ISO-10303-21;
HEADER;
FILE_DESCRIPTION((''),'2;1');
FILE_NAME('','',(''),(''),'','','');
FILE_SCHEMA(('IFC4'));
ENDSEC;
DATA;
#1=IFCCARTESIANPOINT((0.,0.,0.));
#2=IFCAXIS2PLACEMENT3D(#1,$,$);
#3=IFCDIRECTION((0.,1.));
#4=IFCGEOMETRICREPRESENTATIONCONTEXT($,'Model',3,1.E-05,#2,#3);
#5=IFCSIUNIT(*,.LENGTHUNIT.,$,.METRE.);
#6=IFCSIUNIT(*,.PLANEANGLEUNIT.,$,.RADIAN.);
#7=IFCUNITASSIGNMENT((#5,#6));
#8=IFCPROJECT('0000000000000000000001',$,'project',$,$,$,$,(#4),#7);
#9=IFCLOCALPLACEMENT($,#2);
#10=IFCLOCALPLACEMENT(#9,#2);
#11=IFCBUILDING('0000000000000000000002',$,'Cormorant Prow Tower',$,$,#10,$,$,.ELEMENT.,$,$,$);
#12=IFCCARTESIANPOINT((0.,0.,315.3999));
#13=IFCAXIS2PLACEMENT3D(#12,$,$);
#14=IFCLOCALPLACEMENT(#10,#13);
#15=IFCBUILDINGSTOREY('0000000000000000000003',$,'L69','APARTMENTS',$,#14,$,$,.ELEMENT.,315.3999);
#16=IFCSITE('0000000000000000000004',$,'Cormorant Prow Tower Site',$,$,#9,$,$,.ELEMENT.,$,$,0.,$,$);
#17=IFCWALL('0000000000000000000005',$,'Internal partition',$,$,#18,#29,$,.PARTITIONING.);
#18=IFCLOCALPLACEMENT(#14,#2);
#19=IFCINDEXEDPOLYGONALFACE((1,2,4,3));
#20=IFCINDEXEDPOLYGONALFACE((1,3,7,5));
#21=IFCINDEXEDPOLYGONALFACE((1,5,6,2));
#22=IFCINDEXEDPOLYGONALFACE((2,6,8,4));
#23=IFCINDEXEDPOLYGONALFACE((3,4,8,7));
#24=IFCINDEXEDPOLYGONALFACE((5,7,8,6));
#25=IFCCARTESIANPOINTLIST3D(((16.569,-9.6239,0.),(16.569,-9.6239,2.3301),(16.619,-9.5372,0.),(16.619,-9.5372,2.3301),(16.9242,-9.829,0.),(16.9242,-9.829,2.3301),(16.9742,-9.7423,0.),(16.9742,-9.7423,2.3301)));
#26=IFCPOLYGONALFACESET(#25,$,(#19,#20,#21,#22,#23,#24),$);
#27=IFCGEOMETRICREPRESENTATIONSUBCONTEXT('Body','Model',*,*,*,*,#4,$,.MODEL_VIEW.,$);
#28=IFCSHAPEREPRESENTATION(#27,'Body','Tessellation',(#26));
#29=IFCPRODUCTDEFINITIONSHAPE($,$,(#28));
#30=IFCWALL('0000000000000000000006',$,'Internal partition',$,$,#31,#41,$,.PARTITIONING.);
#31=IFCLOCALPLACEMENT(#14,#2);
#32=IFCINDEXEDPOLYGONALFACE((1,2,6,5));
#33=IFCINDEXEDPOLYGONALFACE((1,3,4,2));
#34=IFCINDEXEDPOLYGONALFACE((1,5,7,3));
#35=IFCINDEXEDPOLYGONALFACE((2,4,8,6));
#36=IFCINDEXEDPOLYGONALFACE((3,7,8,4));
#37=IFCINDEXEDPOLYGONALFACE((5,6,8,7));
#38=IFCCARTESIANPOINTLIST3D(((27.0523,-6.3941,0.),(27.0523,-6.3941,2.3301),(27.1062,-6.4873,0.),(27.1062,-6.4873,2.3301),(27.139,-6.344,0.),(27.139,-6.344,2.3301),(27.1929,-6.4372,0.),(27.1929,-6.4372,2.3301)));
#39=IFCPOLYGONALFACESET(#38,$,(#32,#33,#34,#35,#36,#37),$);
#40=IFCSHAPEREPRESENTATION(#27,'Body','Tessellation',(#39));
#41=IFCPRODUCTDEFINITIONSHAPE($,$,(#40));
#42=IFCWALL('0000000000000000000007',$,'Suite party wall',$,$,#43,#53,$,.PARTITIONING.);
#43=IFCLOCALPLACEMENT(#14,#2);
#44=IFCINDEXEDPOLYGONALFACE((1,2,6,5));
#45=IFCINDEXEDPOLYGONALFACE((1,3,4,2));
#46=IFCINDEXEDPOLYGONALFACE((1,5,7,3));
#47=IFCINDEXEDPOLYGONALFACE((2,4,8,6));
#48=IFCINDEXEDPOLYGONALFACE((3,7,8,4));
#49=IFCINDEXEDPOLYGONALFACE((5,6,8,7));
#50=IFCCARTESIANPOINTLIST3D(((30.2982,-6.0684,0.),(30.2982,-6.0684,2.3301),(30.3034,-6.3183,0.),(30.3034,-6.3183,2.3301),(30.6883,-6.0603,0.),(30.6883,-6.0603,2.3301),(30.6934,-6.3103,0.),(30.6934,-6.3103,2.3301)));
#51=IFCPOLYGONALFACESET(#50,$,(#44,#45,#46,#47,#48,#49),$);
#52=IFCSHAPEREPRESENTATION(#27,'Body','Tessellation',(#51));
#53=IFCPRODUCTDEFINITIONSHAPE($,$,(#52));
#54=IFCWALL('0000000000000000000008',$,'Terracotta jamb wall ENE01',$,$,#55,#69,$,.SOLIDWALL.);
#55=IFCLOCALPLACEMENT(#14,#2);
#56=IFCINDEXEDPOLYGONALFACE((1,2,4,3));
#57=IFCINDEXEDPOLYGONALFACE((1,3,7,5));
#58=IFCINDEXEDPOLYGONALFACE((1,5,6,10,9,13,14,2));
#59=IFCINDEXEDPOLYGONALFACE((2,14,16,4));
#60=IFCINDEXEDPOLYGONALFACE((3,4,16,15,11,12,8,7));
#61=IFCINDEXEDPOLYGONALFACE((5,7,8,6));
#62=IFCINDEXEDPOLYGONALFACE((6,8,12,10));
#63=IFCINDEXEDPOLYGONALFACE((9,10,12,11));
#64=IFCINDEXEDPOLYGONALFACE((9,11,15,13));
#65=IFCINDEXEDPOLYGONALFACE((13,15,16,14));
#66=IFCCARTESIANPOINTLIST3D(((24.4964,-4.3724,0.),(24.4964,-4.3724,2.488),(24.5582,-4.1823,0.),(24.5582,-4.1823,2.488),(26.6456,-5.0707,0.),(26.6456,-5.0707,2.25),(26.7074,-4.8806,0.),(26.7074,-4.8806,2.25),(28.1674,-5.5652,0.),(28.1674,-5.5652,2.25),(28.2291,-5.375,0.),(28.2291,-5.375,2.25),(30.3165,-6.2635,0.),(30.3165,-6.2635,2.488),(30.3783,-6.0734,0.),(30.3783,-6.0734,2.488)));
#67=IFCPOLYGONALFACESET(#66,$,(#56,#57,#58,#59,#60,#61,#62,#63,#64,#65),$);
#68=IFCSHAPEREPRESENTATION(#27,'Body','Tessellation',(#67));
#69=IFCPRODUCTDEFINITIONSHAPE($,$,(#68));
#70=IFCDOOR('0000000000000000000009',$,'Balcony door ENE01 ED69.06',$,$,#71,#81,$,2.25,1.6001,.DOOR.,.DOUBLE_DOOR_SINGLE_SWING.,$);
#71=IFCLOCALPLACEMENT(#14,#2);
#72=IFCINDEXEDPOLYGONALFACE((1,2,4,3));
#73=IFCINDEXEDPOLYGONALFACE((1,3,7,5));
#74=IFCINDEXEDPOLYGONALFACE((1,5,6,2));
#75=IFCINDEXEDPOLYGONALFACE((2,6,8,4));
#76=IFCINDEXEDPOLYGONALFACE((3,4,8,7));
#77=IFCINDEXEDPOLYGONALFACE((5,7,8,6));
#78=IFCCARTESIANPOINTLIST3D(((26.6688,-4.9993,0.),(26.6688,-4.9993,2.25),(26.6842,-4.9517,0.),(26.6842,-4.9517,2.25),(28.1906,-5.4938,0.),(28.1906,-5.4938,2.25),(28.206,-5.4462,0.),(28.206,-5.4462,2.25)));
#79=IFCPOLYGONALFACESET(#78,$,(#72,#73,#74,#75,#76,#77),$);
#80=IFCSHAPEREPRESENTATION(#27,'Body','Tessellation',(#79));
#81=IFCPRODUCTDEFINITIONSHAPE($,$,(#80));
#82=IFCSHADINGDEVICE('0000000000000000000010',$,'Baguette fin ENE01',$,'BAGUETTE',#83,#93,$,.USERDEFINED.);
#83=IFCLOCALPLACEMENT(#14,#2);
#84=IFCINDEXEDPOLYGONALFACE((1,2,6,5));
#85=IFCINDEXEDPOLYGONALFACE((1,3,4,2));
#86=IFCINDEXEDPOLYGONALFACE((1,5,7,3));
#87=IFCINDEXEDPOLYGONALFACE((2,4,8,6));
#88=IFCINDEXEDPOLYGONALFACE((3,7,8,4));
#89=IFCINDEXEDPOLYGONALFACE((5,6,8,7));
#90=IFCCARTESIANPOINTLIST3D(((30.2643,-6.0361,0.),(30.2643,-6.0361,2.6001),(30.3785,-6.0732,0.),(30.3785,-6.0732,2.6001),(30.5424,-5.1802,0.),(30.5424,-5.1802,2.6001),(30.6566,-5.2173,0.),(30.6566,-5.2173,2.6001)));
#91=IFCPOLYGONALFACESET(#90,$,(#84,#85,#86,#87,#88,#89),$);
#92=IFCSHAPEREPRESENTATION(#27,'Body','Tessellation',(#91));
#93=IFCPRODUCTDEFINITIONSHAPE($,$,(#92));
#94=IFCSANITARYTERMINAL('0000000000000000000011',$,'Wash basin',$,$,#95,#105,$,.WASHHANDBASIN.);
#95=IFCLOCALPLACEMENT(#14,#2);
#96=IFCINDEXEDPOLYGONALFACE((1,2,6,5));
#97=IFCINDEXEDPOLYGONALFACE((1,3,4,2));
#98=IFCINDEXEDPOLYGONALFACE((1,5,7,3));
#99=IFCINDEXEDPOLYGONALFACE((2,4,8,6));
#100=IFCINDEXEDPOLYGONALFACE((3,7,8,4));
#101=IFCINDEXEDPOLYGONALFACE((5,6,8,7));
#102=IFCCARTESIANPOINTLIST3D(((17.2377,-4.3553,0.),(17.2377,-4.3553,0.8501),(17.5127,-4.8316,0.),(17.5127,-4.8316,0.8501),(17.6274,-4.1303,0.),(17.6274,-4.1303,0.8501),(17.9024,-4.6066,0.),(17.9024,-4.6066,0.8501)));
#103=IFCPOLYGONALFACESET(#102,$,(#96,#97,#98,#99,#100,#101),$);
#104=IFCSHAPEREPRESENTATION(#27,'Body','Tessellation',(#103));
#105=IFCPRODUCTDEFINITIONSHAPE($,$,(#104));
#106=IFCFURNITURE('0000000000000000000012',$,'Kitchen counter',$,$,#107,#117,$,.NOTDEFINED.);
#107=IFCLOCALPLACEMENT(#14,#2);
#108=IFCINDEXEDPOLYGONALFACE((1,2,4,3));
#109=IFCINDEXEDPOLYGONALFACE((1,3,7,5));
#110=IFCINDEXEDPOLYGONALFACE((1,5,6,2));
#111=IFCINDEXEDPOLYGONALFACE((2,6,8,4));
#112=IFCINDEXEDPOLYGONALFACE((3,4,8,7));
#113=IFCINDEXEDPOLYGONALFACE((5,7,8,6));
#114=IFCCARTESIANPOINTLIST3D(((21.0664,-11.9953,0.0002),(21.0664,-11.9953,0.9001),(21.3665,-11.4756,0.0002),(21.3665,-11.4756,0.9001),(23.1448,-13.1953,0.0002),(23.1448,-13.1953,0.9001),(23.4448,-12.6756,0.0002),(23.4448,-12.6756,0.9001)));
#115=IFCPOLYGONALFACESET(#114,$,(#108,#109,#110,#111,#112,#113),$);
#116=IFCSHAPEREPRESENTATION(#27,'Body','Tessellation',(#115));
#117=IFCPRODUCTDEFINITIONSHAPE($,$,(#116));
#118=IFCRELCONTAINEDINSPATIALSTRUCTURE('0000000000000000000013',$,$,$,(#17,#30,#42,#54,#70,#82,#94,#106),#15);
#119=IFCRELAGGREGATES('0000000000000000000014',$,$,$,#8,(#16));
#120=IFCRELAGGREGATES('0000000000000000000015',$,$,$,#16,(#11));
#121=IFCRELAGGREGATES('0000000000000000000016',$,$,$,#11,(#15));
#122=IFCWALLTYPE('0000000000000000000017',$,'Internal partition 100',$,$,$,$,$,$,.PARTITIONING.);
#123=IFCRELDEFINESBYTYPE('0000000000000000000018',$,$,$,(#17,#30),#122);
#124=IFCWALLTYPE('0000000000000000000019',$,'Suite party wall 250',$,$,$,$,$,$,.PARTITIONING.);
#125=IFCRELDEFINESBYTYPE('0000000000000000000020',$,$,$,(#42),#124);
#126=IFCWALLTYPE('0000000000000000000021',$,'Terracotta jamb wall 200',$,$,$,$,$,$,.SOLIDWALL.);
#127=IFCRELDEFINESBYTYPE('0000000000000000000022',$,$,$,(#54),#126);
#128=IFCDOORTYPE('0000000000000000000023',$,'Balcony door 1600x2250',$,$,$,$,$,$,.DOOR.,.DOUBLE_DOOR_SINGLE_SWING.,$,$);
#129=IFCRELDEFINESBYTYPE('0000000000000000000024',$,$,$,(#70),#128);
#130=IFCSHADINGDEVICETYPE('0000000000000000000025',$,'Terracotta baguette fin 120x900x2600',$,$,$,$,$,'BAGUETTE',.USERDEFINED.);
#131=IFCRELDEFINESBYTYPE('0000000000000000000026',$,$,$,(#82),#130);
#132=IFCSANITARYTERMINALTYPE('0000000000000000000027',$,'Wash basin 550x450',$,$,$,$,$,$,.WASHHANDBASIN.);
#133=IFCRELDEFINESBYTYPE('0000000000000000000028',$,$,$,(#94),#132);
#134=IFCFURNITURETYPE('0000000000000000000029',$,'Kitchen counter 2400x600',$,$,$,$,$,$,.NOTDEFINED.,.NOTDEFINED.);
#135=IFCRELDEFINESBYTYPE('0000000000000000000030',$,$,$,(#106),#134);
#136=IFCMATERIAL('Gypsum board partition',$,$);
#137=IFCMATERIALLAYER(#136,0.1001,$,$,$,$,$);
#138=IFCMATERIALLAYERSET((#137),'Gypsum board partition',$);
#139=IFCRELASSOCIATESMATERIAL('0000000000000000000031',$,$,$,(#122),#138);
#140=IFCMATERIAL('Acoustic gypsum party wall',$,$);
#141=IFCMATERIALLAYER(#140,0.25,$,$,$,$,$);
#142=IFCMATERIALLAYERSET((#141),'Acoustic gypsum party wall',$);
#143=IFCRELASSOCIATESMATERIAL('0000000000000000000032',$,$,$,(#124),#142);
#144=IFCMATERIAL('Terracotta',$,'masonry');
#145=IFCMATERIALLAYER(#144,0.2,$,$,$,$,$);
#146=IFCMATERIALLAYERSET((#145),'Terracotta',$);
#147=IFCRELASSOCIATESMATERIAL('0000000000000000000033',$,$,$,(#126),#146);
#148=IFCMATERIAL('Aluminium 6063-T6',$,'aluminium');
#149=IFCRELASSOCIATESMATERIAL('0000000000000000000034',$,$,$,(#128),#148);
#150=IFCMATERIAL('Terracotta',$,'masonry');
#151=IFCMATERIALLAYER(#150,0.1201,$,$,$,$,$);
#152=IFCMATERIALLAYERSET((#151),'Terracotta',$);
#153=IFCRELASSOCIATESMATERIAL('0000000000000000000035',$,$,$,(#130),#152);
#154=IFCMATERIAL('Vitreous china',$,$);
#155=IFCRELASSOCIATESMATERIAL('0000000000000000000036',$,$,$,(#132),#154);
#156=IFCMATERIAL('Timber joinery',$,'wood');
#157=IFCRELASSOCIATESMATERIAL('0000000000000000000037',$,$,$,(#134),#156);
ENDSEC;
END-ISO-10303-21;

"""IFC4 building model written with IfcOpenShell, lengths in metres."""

from ifc_helpers import new_model, si_unit, direction, frame, frame_2d, origin, origin_2d, place, context, subcontext, project, spatial, rectangle, extrude, material, layer, layer_set, type_object, element, fill, save


model = new_model("IFC4")

# Units and contexts
model_context = context("Model", 3, precision=1e-05, world=origin(), true_north=direction((0.0, 1.0)))
body_context = subcontext(model_context, "Body", "Model", "MODEL_VIEW")
ifc_project = project(units=[si_unit("LENGTHUNIT", "METRE"), si_unit("PLANEANGLEUNIT", "RADIAN")], contexts=[model_context])

# Site, building, storey
site_placement = place(None, origin())
site = spatial("IfcSite", under=ifc_project, at=site_placement, Name="Cormorant Prow Tower Site", CompositionType="ELEMENT", RefElevation=0.0)
building_placement = place(site_placement, origin())
building = spatial("IfcBuilding", under=site, at=building_placement, Name="Cormorant Prow Tower", CompositionType="ELEMENT")
storey_placement = place(building_placement, frame((0.0, 0.0, 315.3999)))
storey = spatial("IfcBuildingStorey", under=building, at=storey_placement, Name="L69", Description="APARTMENTS", CompositionType="ELEMENT", Elevation=315.3999)

# Shared definitions
ifc_material_1 = material(Name="Gypsum board partition")
ifc_layer_1 = layer(ifc_material_1, 0.1001)
ifc_layer_set_1 = layer_set([ifc_layer_1], Name="Gypsum board partition")
wall_type_1 = type_object("IfcWallType", Name="Internal partition 100", PredefinedType="PARTITIONING", material=ifc_layer_set_1)

# Walls
wall_1_placement = place(storey_placement, frame((16.594, -9.5806, 0.0), z_axis=(0.0, 0.0, 1.0), x_axis=(0.866037, -0.49998, 0.0)))
element("IfcWall", 1, at=wall_1_placement, inside=storey, type_object=wall_type_1, Name="Internal partition", PredefinedType="PARTITIONING", context=body_context, shape_type="SweptSolid", body=[
    extrude(rectangle(XDim=0.4102, YDim=0.1001, at=frame_2d((0.2051, 0.0))), origin(), (0.0, 0.0, 1.0), 2.3301),
])
wall_2_placement = place(storey_placement, frame((27.0957, -6.3691, 0.0), z_axis=(0.0, 0.0, 1.0), x_axis=(0.500768, -0.865581, 0.0)))
element("IfcWall", 2, at=wall_2_placement, inside=storey, type_object=wall_type_1, Name="Internal partition", PredefinedType="PARTITIONING", context=body_context, shape_type="SweptSolid", body=[
    extrude(rectangle(XDim=0.1077, YDim=0.1001, at=frame_2d((0.0537, 0.0))), origin(), (0.0, 0.0, 1.0), 2.3301),
])
ifc_material_2 = material(Name="Acoustic gypsum party wall")
ifc_layer_2 = layer(ifc_material_2, 0.25)
ifc_layer_set_2 = layer_set([ifc_layer_2], Name="Acoustic gypsum party wall")
wall_type_2 = type_object("IfcWallType", Name="Suite party wall 250", PredefinedType="PARTITIONING", material=ifc_layer_set_2)
wall_3_placement = place(storey_placement, frame((30.3008, -6.1934, 0.0), z_axis=(0.0, 0.0, 1.0), x_axis=(0.999787, 0.020646, 0.0)))
element("IfcWall", 3, at=wall_3_placement, inside=storey, type_object=wall_type_2, Name="Suite party wall", PredefinedType="PARTITIONING", context=body_context, shape_type="SweptSolid", body=[
    extrude(rectangle(XDim=0.3901, YDim=0.25, at=frame_2d((0.1951, 0.0))), origin(), (0.0, 0.0, 1.0), 2.3301),
])

# Wall, opening, door
ifc_material_3 = material(Name="Terracotta", Category="masonry")
ifc_layer_3 = layer(ifc_material_3, 0.2)
ifc_layer_set_3 = layer_set([ifc_layer_3], Name="Terracotta")
wall_type_3 = type_object("IfcWallType", Name="Terracotta jamb wall 200", PredefinedType="SOLIDWALL", material=ifc_layer_set_3)
wall_4_placement = place(storey_placement, frame((30.3474, -6.1685, 0.0), z_axis=(0.0, 0.0, 1.0), x_axis=(-0.951054, 0.309026, 0.0)))
wall_4 = element("IfcWall", 4, at=wall_4_placement, inside=storey, type_object=wall_type_3, Name="Terracotta jamb wall ENE01", PredefinedType="SOLIDWALL", context=body_context, shape_type="SweptSolid", body=[
    extrude(rectangle(XDim=6.1196, YDim=0.2, at=frame_2d((3.0598, 0.0))), origin(), (0.0, 0.0, 1.0), 2.488),
])
opening_1_placement = place(wall_4_placement, frame((2.2598, 0.0, 0.0)))
opening_1 = element("IfcOpeningElement", 5, at=opening_1_placement, cuts=wall_4, PredefinedType="OPENING", context=body_context, shape_type="SweptSolid", body=[
    extrude(rectangle(XDim=1.6001, YDim=2.25, at=frame_2d((0.8, 1.125))), frame((0.0, 0.1099, 0.0), z_axis=(0.0, -1.0, 0.0), x_axis=(1.0, 0.0, 0.0)), (0.0, 0.0, 1.0), 0.22),
])
ifc_material_4 = material(Name="Aluminium 6063-T6", Category="aluminium")
door_type_1 = type_object("IfcDoorType", Name="Balcony door 1600x2250", OperationType="DOUBLE_DOOR_SINGLE_SWING", PredefinedType="DOOR", material=ifc_material_4)
door_1_placement = place(opening_1_placement, origin())
door_1 = element("IfcDoor", 6, at=door_1_placement, inside=storey, type_object=door_type_1, Name="Balcony door ENE01 ED69.06", OperationType="DOUBLE_DOOR_SINGLE_SWING", OverallHeight=2.25, OverallWidth=1.6001, PredefinedType="DOOR", context=body_context, shape_type="SweptSolid", body=[
    extrude(rectangle(XDim=1.6001, YDim=2.25, at=frame_2d((0.8, 1.125))), frame((0.0, 0.0249, 0.0), z_axis=(0.0, -1.0, 0.0), x_axis=(1.0, 0.0, 0.0)), (0.0, 0.0, 1.0), 0.05),
])
fill(opening_1, door_1)

# Shading device
ifc_material_5 = material(Name="Terracotta", Category="masonry")
ifc_layer_4 = layer(ifc_material_5, 0.1201)
ifc_layer_set_4 = layer_set([ifc_layer_4], Name="Terracotta")
shading_device_type = type_object("IfcShadingDeviceType", Name="Terracotta baguette fin 120x900x2600", ElementType="BAGUETTE", PredefinedType="USERDEFINED", material=ifc_layer_set_4)
shading_device_placement = place(storey_placement, frame((30.4604, -5.6267, 0.0), z_axis=(0.0, 0.0, 1.0), x_axis=(-0.951057, 0.309017, 0.0)))
element("IfcShadingDevice", 7, at=shading_device_placement, inside=storey, type_object=shading_device_type, Name="Baguette fin ENE01", ObjectType="BAGUETTE", PredefinedType="USERDEFINED", context=body_context, shape_type="SweptSolid", body=[
    extrude(rectangle(XDim=0.1201, YDim=0.8999, at=origin_2d()), origin(), (0.0, 0.0, 1.0), 2.6001),
])

# Sanitary terminal
ifc_material_6 = material(Name="Vitreous china")
sanitary_terminal_type = type_object("IfcSanitaryTerminalType", Name="Wash basin 550x450", PredefinedType="WASHHANDBASIN", material=ifc_material_6)
sanitary_terminal_placement = place(storey_placement, frame((17.5701, -4.481, 0.0), z_axis=(0.0, 0.0, 1.0), x_axis=(-0.5, 0.866025, 0.0)))
element("IfcSanitaryTerminal", 8, at=sanitary_terminal_placement, inside=storey, type_object=sanitary_terminal_type, Name="Wash basin", PredefinedType="WASHHANDBASIN", context=body_context, shape_type="SweptSolid", body=[
    extrude(rectangle(XDim=0.55, YDim=0.45, at=origin_2d()), origin(), (0.0, 0.0, 1.0), 0.8501),
])

# Furniture
ifc_material_7 = material(Name="Timber joinery", Category="wood")
furniture_type = type_object("IfcFurnitureType", Name="Kitchen counter 2400x600", AssemblyPlace="NOTDEFINED", PredefinedType="NOTDEFINED", material=ifc_material_7)
furniture_placement = place(storey_placement, frame((22.2556, -12.3354, 0.0002), z_axis=(0.0, 0.0, 1.0), x_axis=(-0.866025, 0.5, 0.0)))
element("IfcFurniture", 9, at=furniture_placement, inside=storey, type_object=furniture_type, Name="Kitchen counter", PredefinedType="NOTDEFINED", context=body_context, shape_type="SweptSolid", body=[
    extrude(rectangle(XDim=2.3999, YDim=0.6001, at=origin_2d()), origin(), (0.0, 0.0, 1.0), 0.8999),
])

save(model, "model.ifc")
